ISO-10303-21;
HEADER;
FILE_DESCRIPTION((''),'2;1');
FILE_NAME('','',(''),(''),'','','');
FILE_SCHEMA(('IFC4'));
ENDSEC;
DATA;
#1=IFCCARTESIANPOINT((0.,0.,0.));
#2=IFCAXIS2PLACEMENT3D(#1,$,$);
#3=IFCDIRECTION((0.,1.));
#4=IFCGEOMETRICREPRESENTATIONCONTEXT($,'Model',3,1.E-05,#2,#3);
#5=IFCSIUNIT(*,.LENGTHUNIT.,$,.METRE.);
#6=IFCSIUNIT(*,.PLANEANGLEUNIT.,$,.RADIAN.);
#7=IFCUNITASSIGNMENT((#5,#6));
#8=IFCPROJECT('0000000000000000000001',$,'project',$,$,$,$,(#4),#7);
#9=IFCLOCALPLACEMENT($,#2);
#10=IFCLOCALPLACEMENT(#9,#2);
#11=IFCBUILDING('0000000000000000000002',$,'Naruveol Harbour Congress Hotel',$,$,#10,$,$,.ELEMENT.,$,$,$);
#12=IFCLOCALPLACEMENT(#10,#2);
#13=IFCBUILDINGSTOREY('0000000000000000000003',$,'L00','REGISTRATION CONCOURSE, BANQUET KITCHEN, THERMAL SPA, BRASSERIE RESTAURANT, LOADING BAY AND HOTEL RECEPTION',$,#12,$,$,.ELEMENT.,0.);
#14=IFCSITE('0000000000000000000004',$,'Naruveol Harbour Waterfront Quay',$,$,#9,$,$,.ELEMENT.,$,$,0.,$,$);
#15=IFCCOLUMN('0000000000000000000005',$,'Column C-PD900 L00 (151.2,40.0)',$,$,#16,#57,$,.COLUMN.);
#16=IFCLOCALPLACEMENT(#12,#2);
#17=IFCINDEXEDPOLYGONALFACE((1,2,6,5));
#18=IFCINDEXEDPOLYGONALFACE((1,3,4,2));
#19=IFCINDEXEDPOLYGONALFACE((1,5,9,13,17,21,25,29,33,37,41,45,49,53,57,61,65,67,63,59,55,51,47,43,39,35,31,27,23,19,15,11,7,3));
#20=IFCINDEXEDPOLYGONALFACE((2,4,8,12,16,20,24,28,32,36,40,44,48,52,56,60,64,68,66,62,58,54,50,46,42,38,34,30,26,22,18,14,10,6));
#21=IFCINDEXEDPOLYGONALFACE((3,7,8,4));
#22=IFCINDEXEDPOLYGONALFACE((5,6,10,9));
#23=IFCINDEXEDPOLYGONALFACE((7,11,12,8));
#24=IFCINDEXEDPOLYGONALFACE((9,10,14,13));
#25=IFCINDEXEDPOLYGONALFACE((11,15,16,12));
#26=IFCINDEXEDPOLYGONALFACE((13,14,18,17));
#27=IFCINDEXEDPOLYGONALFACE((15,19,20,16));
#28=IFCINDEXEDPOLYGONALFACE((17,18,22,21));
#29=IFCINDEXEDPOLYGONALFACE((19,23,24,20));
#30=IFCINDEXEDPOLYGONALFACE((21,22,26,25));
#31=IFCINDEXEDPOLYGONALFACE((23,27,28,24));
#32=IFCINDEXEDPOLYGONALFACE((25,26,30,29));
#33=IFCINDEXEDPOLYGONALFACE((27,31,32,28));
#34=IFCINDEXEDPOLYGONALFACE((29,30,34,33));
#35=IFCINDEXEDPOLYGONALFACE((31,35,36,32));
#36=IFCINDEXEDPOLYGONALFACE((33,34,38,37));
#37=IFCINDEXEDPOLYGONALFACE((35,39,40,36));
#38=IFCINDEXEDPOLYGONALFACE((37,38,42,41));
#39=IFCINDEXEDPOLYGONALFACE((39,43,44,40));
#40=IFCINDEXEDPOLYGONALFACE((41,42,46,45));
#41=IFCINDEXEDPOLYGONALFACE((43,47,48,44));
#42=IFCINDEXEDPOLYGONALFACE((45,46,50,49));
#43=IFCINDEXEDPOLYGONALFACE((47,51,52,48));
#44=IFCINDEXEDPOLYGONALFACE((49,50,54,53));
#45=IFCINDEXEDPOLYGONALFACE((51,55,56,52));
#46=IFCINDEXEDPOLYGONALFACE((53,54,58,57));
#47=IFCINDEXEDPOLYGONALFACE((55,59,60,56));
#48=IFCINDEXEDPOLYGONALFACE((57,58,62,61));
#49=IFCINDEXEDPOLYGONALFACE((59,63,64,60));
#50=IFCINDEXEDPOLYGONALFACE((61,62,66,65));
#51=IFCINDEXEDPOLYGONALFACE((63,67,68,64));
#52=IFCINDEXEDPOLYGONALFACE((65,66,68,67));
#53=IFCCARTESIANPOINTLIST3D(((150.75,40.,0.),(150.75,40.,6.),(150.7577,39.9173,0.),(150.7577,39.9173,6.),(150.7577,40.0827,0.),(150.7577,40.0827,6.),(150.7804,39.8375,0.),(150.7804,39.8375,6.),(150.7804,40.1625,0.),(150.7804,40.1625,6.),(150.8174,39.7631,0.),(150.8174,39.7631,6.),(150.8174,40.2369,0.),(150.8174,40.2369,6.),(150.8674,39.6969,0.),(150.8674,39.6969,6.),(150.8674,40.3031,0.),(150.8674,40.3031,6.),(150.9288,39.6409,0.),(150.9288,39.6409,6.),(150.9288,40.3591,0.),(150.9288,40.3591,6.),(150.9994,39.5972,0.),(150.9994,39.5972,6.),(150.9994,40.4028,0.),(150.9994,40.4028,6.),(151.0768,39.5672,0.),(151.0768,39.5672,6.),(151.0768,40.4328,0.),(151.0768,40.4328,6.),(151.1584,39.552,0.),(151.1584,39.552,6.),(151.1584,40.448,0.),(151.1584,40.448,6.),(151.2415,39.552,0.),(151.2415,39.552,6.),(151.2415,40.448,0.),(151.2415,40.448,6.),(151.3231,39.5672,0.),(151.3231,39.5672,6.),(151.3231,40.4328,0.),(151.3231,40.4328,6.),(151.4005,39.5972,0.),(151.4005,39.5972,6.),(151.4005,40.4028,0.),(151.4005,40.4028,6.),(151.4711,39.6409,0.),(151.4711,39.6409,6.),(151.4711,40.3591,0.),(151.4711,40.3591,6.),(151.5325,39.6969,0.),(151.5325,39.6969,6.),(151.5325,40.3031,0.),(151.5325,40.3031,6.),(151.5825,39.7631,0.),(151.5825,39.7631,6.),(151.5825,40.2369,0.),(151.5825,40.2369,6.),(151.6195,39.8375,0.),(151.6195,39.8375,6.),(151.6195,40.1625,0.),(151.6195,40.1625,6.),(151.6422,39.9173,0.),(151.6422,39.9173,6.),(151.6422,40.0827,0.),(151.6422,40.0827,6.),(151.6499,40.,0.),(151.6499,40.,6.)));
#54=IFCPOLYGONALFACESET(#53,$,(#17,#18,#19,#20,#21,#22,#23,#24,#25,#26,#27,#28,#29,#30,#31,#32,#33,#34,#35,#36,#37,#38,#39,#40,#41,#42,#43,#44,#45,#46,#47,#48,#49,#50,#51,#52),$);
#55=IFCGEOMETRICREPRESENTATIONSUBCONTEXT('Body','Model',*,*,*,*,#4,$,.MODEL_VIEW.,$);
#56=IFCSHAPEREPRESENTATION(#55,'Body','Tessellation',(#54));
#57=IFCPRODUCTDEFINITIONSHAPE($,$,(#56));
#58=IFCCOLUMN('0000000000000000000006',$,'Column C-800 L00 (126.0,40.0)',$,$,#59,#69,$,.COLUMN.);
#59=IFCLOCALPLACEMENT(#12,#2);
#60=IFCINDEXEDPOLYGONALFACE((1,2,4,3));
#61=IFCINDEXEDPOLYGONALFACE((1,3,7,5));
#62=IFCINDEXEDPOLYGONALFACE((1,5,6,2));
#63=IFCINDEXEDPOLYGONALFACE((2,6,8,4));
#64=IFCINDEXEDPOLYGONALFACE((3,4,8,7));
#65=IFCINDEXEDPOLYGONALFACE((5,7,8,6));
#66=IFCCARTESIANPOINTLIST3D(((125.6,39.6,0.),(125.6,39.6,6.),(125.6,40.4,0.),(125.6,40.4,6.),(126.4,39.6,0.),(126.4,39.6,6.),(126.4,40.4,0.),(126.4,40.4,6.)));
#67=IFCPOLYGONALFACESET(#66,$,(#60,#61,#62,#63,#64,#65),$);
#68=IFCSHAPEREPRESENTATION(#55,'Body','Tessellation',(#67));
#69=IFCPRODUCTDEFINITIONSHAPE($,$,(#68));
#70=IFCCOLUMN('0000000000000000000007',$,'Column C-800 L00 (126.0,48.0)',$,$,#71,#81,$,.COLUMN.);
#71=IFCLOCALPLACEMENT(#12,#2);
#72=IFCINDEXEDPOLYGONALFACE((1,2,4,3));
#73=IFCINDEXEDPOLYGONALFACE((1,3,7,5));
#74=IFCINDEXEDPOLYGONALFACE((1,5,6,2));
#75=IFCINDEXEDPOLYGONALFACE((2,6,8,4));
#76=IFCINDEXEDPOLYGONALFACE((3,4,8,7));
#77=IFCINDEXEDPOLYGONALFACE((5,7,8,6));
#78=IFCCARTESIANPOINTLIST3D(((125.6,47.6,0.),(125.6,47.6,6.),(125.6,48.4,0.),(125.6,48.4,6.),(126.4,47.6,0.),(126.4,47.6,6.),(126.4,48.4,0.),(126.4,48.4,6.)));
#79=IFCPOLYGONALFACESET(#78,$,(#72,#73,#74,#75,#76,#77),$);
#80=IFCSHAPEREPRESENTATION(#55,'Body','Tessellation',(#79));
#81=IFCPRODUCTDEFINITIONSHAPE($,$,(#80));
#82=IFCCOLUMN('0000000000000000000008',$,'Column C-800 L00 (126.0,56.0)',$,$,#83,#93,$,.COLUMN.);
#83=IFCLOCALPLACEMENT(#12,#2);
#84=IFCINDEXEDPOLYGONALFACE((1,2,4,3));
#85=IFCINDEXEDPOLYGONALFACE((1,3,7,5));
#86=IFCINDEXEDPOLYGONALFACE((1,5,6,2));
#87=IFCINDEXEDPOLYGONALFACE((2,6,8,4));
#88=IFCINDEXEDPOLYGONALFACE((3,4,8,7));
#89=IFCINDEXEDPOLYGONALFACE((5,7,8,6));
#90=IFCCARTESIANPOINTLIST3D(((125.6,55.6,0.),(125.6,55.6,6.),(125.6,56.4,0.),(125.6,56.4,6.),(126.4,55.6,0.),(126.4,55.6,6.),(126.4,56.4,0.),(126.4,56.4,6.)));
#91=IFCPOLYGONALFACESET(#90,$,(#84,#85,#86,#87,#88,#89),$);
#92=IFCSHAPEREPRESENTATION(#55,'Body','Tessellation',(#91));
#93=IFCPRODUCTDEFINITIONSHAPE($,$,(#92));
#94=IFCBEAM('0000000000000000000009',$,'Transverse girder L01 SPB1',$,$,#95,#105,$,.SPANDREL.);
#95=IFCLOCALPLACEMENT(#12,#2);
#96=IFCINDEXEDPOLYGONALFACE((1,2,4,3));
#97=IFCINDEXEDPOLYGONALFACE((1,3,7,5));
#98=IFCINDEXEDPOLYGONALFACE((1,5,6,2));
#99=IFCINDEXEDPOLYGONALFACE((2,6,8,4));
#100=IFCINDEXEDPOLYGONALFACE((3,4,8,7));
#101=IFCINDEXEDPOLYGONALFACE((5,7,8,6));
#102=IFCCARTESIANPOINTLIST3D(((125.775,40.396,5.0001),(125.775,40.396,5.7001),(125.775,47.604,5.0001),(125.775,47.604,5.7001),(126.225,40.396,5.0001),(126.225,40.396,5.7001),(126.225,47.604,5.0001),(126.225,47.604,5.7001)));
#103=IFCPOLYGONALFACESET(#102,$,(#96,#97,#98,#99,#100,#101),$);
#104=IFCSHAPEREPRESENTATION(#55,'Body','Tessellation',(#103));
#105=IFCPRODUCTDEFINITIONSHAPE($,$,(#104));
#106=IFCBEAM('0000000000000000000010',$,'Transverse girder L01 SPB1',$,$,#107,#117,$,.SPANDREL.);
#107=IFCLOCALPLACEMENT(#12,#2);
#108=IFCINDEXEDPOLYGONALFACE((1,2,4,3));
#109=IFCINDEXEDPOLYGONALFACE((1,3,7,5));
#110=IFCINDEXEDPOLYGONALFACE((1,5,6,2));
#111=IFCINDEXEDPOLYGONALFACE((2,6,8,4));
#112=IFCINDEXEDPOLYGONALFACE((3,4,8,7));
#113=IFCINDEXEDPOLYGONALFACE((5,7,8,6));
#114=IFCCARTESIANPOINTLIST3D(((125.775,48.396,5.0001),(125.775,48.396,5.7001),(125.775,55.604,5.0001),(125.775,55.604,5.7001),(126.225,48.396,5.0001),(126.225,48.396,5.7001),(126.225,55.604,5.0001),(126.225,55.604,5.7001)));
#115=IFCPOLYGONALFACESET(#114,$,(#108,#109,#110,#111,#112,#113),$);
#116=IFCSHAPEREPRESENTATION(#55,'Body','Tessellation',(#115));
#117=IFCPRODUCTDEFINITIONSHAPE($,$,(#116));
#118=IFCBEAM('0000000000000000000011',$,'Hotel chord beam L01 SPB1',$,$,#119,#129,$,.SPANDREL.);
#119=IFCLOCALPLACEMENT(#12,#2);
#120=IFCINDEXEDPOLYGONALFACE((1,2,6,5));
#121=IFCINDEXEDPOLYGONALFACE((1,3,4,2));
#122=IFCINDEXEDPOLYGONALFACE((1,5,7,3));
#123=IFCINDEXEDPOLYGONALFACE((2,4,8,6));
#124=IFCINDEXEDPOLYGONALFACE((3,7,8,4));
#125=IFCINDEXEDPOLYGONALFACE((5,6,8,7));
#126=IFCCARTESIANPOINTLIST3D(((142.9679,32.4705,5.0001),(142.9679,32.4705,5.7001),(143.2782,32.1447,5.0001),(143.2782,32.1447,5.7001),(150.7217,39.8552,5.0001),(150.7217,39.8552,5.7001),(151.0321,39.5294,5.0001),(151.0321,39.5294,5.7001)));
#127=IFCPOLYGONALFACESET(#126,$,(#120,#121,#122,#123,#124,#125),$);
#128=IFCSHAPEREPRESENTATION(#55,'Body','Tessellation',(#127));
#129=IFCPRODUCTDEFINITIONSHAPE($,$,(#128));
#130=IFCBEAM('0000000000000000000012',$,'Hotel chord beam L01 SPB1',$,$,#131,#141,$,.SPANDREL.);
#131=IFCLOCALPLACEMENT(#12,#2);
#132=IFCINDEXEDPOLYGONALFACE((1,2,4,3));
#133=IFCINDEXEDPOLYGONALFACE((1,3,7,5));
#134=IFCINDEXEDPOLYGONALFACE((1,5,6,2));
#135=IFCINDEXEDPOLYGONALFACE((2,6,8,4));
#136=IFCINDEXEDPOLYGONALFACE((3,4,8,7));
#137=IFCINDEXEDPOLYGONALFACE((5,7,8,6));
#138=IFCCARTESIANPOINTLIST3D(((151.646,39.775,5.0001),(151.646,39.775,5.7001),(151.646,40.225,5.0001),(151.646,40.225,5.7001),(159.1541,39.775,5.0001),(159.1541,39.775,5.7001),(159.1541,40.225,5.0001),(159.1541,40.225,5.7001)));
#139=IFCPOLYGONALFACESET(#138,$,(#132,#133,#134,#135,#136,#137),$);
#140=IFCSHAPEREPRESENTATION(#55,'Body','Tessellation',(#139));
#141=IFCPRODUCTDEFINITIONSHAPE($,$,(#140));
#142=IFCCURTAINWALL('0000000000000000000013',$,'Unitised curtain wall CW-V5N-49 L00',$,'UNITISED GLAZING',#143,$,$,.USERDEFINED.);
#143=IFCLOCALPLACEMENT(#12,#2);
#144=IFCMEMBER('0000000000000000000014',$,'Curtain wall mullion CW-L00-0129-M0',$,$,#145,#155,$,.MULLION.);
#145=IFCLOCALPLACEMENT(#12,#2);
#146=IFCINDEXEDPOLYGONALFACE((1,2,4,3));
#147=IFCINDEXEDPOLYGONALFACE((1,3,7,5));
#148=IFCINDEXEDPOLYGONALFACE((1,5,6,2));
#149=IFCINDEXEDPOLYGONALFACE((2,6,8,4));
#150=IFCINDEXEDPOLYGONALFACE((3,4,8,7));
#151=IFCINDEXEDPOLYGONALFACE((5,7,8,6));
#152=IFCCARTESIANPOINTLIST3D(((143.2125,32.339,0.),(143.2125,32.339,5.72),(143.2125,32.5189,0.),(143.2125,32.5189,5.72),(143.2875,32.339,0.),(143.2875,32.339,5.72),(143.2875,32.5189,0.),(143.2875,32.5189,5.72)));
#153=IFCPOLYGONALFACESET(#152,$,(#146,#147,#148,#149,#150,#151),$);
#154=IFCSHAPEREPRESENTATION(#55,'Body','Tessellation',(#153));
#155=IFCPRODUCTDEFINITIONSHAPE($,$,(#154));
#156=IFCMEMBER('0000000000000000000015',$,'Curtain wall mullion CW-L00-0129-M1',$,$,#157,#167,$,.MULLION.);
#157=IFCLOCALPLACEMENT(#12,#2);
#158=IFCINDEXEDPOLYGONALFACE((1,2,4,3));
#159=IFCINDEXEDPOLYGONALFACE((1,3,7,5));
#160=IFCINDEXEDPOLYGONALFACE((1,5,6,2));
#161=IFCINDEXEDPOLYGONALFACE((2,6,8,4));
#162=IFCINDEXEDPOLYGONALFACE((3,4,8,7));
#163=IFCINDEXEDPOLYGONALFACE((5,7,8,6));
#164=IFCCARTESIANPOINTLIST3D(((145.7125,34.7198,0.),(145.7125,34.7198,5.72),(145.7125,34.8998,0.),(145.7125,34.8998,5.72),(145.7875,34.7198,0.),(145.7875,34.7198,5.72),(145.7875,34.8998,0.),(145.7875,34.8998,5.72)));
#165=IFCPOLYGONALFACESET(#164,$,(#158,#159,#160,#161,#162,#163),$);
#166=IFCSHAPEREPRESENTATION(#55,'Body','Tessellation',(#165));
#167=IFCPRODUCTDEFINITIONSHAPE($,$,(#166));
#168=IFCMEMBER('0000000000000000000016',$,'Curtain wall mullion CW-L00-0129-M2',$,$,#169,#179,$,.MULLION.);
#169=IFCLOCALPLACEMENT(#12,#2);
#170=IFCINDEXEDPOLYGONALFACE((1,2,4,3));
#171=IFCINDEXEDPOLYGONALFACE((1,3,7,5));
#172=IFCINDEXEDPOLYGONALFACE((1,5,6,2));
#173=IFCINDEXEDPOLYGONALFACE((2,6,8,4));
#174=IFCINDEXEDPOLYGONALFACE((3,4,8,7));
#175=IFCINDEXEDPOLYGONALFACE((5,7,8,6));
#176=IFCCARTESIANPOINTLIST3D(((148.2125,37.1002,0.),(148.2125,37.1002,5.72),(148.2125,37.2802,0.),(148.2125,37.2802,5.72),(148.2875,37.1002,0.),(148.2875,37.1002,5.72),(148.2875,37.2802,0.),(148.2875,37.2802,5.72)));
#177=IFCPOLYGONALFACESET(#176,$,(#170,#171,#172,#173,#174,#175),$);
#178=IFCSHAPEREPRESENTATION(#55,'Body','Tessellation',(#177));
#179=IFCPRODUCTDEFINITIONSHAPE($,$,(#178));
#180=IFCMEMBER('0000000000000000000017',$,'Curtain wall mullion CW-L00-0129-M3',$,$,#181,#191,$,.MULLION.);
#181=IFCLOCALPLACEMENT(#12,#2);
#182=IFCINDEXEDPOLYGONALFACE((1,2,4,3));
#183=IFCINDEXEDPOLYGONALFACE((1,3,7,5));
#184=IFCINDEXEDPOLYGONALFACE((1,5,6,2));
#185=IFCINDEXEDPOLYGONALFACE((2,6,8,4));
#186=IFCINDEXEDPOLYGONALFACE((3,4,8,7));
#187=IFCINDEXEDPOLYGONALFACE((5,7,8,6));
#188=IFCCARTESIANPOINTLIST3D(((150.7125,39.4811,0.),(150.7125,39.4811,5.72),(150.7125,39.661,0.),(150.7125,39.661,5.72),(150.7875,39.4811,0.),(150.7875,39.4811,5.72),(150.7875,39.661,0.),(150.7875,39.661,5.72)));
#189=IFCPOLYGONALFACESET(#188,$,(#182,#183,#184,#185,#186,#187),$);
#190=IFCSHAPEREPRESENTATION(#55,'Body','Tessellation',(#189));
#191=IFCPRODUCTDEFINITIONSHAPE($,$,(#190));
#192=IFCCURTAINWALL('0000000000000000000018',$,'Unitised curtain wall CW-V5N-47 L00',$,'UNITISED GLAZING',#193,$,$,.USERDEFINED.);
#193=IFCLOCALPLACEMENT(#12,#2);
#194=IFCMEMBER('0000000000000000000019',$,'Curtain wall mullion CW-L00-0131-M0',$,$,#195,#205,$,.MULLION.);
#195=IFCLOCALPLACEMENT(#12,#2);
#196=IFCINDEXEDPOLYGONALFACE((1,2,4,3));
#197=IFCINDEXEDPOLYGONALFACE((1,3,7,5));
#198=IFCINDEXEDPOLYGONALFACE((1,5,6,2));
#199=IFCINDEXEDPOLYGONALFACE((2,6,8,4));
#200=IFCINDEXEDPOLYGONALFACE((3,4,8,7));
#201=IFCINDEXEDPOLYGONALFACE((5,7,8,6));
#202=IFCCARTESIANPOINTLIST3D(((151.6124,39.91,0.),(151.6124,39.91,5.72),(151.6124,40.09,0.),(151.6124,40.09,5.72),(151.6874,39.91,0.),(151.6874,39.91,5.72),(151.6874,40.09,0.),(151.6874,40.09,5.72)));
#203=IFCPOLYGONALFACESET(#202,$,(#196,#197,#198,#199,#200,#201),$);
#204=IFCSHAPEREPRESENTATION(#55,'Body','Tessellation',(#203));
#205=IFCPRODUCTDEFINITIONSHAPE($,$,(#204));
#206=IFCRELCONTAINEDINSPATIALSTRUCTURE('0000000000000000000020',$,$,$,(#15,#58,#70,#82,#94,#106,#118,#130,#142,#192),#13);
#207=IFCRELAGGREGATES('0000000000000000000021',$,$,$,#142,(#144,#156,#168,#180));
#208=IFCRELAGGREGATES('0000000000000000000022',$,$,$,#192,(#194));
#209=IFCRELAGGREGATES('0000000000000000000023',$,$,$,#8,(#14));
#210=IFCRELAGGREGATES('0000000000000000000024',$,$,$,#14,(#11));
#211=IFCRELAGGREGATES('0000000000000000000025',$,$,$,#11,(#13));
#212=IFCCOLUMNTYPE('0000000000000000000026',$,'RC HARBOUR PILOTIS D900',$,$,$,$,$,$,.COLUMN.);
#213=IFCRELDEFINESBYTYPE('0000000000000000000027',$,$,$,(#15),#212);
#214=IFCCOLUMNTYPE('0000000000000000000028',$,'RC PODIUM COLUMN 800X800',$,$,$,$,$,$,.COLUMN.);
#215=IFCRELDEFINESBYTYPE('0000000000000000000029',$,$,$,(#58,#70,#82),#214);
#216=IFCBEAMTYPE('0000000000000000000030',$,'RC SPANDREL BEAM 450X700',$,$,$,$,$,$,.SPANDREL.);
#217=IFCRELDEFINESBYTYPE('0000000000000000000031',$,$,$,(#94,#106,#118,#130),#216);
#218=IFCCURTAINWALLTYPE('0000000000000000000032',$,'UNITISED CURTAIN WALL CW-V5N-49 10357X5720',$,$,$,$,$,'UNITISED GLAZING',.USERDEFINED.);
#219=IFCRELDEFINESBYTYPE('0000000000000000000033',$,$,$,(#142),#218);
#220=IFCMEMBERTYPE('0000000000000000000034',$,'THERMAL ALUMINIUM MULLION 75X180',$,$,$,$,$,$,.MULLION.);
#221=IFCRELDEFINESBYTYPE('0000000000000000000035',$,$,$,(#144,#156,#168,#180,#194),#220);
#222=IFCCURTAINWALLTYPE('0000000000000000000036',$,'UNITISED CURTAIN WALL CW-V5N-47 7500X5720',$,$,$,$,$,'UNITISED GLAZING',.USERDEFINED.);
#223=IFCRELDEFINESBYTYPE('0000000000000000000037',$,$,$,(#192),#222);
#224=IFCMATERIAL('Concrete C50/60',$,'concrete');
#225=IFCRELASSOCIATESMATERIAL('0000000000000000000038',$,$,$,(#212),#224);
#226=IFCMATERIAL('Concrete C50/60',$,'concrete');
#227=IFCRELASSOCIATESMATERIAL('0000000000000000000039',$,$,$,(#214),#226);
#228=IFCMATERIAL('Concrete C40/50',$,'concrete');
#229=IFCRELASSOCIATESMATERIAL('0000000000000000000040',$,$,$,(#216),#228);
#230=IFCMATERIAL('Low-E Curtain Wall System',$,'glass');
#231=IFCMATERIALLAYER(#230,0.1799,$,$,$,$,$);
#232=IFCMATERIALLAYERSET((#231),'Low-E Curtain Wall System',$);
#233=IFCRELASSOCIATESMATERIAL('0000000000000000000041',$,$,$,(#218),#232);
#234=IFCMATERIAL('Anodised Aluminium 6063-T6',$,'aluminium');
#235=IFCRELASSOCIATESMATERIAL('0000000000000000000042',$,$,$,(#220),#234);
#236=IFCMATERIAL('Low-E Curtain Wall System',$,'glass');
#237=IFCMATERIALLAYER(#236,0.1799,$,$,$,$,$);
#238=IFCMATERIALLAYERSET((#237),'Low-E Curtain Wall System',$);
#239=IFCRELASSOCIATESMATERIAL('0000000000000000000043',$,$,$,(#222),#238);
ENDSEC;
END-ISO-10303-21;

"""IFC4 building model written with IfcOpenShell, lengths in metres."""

from ifc_helpers import new_model, si_unit, direction, frame, origin, origin_2d, place, context, subcontext, project, spatial, rectangle, circle, extrude, material, layer, layer_set, material_profile, profile_set, type_object, element, aggregate, save


model = new_model("IFC4")

# Units and contexts
model_context = context("Model", 3, precision=1e-05, world=origin(), true_north=direction((0.0, 1.0)))
body_context = subcontext(model_context, "Body", "Model", "MODEL_VIEW")
ifc_project = project(units=[si_unit("LENGTHUNIT", "METRE"), si_unit("PLANEANGLEUNIT", "RADIAN")], contexts=[model_context])

# Site, building, storey
site_placement = place(None, origin())
site = spatial("IfcSite", under=ifc_project, at=site_placement, Name="Naruveol Harbour Waterfront Quay", CompositionType="ELEMENT", RefElevation=0.0)
building_placement = place(site_placement, origin())
building = spatial("IfcBuilding", under=site, at=building_placement, Name="Naruveol Harbour Congress Hotel", CompositionType="ELEMENT")
storey_placement = place(building_placement, origin())
storey = spatial("IfcBuildingStorey", under=building, at=storey_placement, Name="L00", Description="REGISTRATION CONCOURSE, BANQUET KITCHEN, THERMAL SPA, BRASSERIE RESTAURANT, LOADING BAY AND HOTEL RECEPTION", CompositionType="ELEMENT", Elevation=0.0)

# Columns
ifc_material_1 = material(Name="Concrete C50/60", Category="concrete")
ifc_material_profile_1 = material_profile(ifc_material_1, circle(Radius=0.45, at=origin_2d()), Name="RC-D900")
ifc_profile_set_1 = profile_set([ifc_material_profile_1], Name="Concrete C50/60")
column_type_1 = type_object("IfcColumnType", Name="RC HARBOUR PILOTIS D900", PredefinedType="COLUMN", material=ifc_profile_set_1)
column_placement = place(storey_placement, frame((151.2, 40.0, 0.0), z_axis=(0.0, 0.0, 1.0), x_axis=(1.0, 0.0, 0.0)))
element("IfcColumn", 1, at=column_placement, inside=storey, type_object=column_type_1, Name="Column C-PD900 L00 (151.2,40.0)", PredefinedType="COLUMN", context=body_context, shape_type="SweptSolid", body=[
    extrude(circle(Radius=0.45, at=origin_2d()), origin(), (0.0, 0.0, 1.0), 6.0),
])
ifc_material_2 = material(Name="Concrete C50/60", Category="concrete")
ifc_material_profile_2 = material_profile(ifc_material_2, rectangle(XDim=0.8, YDim=0.8, at=origin_2d()), Name="RC-800x800")
ifc_profile_set_2 = profile_set([ifc_material_profile_2], Name="Concrete C50/60")
column_type_2 = type_object("IfcColumnType", Name="RC PODIUM COLUMN 800X800", PredefinedType="COLUMN", material=ifc_profile_set_2)
for number, where, z_axis, x_axis, name in (
    (2, (126.0, 40.0, 0.0), (0.0, 0.0, 1.0), (1.0, 0.0, 0.0), "Column C-800 L00 (126.0,40.0)"),
    (3, (126.0, 48.0, 0.0), (0.0, 0.0, 1.0), (1.0, 0.0, 0.0), "Column C-800 L00 (126.0,48.0)"),
    (4, (126.0, 56.0, 0.0), (0.0, 0.0, 1.0), (1.0, 0.0, 0.0), "Column C-800 L00 (126.0,56.0)"),
):
    element("IfcColumn", number, at=place(storey_placement, frame(where, z_axis=z_axis, x_axis=x_axis)), inside=storey, type_object=column_type_2, Name=name, PredefinedType="COLUMN", context=body_context, shape_type="SweptSolid", body=[
        extrude(rectangle(XDim=0.8, YDim=0.8, at=origin_2d()), origin(), (0.0, 0.0, 1.0), 6.0),
    ])

# Beams
ifc_material_3 = material(Name="Concrete C40/50", Category="concrete")
ifc_material_profile_3 = material_profile(ifc_material_3, rectangle(XDim=0.45, YDim=0.7, at=origin_2d()), Name="RCB-450x700")
ifc_profile_set_3 = profile_set([ifc_material_profile_3], Name="Concrete C40/50")
beam_type = type_object("IfcBeamType", Name="RC SPANDREL BEAM 450X700", PredefinedType="SPANDREL", material=ifc_profile_set_3)
for number, where, z_axis, x_axis, name in (
    (5, (126.0, 40.396, 5.3501), (0.0, 1.0, 0.0), (-1.0, 0.0, 0.0), "Transverse girder L01 SPB1"),
    (6, (126.0, 48.396, 5.3501), (0.0, 1.0, 0.0), (-1.0, 0.0, 0.0), "Transverse girder L01 SPB1"),
):
    element("IfcBeam", number, at=place(storey_placement, frame(where, z_axis=z_axis, x_axis=x_axis)), inside=storey, type_object=beam_type, Name=name, PredefinedType="SPANDREL", context=body_context, shape_type="SweptSolid", body=[
        extrude(rectangle(XDim=0.45, YDim=0.7, at=origin_2d()), origin(), (0.0, 0.0, 1.0), 7.208),
    ])
beam_1_placement = place(storey_placement, frame((143.123, 32.3076, 5.3501), z_axis=(0.724134, 0.68966, 0.0), x_axis=(-0.68966, 0.724134, 0.0)))
element("IfcBeam", 7, at=beam_1_placement, inside=storey, type_object=beam_type, Name="Hotel chord beam L01 SPB1", PredefinedType="SPANDREL", context=body_context, shape_type="SweptSolid", body=[
    extrude(rectangle(XDim=0.45, YDim=0.7, at=origin_2d()), origin(), (0.0, 0.0, 1.0), 10.7078),
])
beam_2_placement = place(storey_placement, frame((151.646, 40.0, 5.3501), z_axis=(1.0, 0.0, 0.0), x_axis=(0.0, 1.0, 0.0)))
element("IfcBeam", 8, at=beam_2_placement, inside=storey, type_object=beam_type, Name="Hotel chord beam L01 SPB1", PredefinedType="SPANDREL", context=body_context, shape_type="SweptSolid", body=[
    extrude(rectangle(XDim=0.45, YDim=0.7, at=origin_2d()), origin(), (0.0, 0.0, 1.0), 7.5081),
])

# Curtain wall, members
ifc_material_4 = material(Name="Low-E Curtain Wall System", Category="glass")
ifc_layer_1 = layer(ifc_material_4, 0.1799)
ifc_layer_set_1 = layer_set([ifc_layer_1], Name="Low-E Curtain Wall System")
curtain_wall_type_1 = type_object("IfcCurtainWallType", Name="UNITISED CURTAIN WALL CW-V5N-49 10357X5720", ElementType="UNITISED GLAZING", PredefinedType="USERDEFINED", material=ifc_layer_set_1)
curtain_wall_1_placement = place(storey_placement, origin())
curtain_wall_1 = element("IfcCurtainWall", 9, at=curtain_wall_1_placement, inside=storey, type_object=curtain_wall_type_1, Name="Unitised curtain wall CW-V5N-49 L00", ObjectType="UNITISED GLAZING", PredefinedType="USERDEFINED")
ifc_material_5 = material(Name="Anodised Aluminium 6063-T6", Category="aluminium")
ifc_material_profile_4 = material_profile(ifc_material_5, rectangle(XDim=0.075, YDim=0.1799, at=origin_2d()), Name="ALU-75x180")
ifc_profile_set_4 = profile_set([ifc_material_profile_4], Name="Anodised Aluminium 6063-T6")
member_type_1 = type_object("IfcMemberType", Name="THERMAL ALUMINIUM MULLION 75X180", PredefinedType="MULLION", material=ifc_profile_set_4)
member_1_placement = place(storey_placement, frame((143.25, 32.429, 0.0), z_axis=(0.0, 0.0, 1.0), x_axis=(1.0, 0.0, 0.0)))
member_1 = element("IfcMember", 10, at=member_1_placement, type_object=member_type_1, Name="Curtain wall mullion CW-L00-0129-M0", PredefinedType="MULLION", context=body_context, shape_type="SweptSolid", body=[
    extrude(rectangle(XDim=0.075, YDim=0.1799, at=origin_2d()), origin(), (0.0, 0.0, 1.0), 5.72),
])
member_2_placement = place(storey_placement, frame((145.75, 34.8098, 0.0), z_axis=(0.0, 0.0, 1.0), x_axis=(1.0, 0.0, 0.0)))
member_2 = element("IfcMember", 11, at=member_2_placement, type_object=member_type_1, Name="Curtain wall mullion CW-L00-0129-M1", PredefinedType="MULLION", context=body_context, shape_type="SweptSolid", body=[
    extrude(rectangle(XDim=0.075, YDim=0.1799, at=origin_2d()), origin(), (0.0, 0.0, 1.0), 5.72),
])
member_3_placement = place(storey_placement, frame((148.25, 37.1902, 0.0), z_axis=(0.0, 0.0, 1.0), x_axis=(1.0, 0.0, 0.0)))
member_3 = element("IfcMember", 12, at=member_3_placement, type_object=member_type_1, Name="Curtain wall mullion CW-L00-0129-M2", PredefinedType="MULLION", context=body_context, shape_type="SweptSolid", body=[
    extrude(rectangle(XDim=0.075, YDim=0.1799, at=origin_2d()), origin(), (0.0, 0.0, 1.0), 5.72),
])
member_4_placement = place(storey_placement, frame((150.75, 39.571, 0.0), z_axis=(0.0, 0.0, 1.0), x_axis=(1.0, 0.0, 0.0)))
member_4 = element("IfcMember", 13, at=member_4_placement, type_object=member_type_1, Name="Curtain wall mullion CW-L00-0129-M3", PredefinedType="MULLION", context=body_context, shape_type="SweptSolid", body=[
    extrude(rectangle(XDim=0.075, YDim=0.1799, at=origin_2d()), origin(), (0.0, 0.0, 1.0), 5.72),
])

# Curtain wall, member
ifc_material_6 = material(Name="Low-E Curtain Wall System", Category="glass")
ifc_layer_2 = layer(ifc_material_6, 0.1799)
ifc_layer_set_2 = layer_set([ifc_layer_2], Name="Low-E Curtain Wall System")
curtain_wall_type_2 = type_object("IfcCurtainWallType", Name="UNITISED CURTAIN WALL CW-V5N-47 7500X5720", ElementType="UNITISED GLAZING", PredefinedType="USERDEFINED", material=ifc_layer_set_2)
curtain_wall_2_placement = place(storey_placement, origin())
curtain_wall_2 = element("IfcCurtainWall", 14, at=curtain_wall_2_placement, inside=storey, type_object=curtain_wall_type_2, Name="Unitised curtain wall CW-V5N-47 L00", ObjectType="UNITISED GLAZING", PredefinedType="USERDEFINED")
member_5_placement = place(storey_placement, frame((151.6499, 40.0, 0.0), z_axis=(0.0, 0.0, 1.0), x_axis=(1.0, 0.0, 0.0)))
member_5 = element("IfcMember", 15, at=member_5_placement, type_object=member_type_1, Name="Curtain wall mullion CW-L00-0131-M0", PredefinedType="MULLION", context=body_context, shape_type="SweptSolid", body=[
    extrude(rectangle(XDim=0.075, YDim=0.1799, at=origin_2d()), origin(), (0.0, 0.0, 1.0), 5.72),
])

aggregate(curtain_wall_1, [member_1, member_2, member_3, member_4])
aggregate(curtain_wall_2, [member_5])

save(model, "model.ifc")
